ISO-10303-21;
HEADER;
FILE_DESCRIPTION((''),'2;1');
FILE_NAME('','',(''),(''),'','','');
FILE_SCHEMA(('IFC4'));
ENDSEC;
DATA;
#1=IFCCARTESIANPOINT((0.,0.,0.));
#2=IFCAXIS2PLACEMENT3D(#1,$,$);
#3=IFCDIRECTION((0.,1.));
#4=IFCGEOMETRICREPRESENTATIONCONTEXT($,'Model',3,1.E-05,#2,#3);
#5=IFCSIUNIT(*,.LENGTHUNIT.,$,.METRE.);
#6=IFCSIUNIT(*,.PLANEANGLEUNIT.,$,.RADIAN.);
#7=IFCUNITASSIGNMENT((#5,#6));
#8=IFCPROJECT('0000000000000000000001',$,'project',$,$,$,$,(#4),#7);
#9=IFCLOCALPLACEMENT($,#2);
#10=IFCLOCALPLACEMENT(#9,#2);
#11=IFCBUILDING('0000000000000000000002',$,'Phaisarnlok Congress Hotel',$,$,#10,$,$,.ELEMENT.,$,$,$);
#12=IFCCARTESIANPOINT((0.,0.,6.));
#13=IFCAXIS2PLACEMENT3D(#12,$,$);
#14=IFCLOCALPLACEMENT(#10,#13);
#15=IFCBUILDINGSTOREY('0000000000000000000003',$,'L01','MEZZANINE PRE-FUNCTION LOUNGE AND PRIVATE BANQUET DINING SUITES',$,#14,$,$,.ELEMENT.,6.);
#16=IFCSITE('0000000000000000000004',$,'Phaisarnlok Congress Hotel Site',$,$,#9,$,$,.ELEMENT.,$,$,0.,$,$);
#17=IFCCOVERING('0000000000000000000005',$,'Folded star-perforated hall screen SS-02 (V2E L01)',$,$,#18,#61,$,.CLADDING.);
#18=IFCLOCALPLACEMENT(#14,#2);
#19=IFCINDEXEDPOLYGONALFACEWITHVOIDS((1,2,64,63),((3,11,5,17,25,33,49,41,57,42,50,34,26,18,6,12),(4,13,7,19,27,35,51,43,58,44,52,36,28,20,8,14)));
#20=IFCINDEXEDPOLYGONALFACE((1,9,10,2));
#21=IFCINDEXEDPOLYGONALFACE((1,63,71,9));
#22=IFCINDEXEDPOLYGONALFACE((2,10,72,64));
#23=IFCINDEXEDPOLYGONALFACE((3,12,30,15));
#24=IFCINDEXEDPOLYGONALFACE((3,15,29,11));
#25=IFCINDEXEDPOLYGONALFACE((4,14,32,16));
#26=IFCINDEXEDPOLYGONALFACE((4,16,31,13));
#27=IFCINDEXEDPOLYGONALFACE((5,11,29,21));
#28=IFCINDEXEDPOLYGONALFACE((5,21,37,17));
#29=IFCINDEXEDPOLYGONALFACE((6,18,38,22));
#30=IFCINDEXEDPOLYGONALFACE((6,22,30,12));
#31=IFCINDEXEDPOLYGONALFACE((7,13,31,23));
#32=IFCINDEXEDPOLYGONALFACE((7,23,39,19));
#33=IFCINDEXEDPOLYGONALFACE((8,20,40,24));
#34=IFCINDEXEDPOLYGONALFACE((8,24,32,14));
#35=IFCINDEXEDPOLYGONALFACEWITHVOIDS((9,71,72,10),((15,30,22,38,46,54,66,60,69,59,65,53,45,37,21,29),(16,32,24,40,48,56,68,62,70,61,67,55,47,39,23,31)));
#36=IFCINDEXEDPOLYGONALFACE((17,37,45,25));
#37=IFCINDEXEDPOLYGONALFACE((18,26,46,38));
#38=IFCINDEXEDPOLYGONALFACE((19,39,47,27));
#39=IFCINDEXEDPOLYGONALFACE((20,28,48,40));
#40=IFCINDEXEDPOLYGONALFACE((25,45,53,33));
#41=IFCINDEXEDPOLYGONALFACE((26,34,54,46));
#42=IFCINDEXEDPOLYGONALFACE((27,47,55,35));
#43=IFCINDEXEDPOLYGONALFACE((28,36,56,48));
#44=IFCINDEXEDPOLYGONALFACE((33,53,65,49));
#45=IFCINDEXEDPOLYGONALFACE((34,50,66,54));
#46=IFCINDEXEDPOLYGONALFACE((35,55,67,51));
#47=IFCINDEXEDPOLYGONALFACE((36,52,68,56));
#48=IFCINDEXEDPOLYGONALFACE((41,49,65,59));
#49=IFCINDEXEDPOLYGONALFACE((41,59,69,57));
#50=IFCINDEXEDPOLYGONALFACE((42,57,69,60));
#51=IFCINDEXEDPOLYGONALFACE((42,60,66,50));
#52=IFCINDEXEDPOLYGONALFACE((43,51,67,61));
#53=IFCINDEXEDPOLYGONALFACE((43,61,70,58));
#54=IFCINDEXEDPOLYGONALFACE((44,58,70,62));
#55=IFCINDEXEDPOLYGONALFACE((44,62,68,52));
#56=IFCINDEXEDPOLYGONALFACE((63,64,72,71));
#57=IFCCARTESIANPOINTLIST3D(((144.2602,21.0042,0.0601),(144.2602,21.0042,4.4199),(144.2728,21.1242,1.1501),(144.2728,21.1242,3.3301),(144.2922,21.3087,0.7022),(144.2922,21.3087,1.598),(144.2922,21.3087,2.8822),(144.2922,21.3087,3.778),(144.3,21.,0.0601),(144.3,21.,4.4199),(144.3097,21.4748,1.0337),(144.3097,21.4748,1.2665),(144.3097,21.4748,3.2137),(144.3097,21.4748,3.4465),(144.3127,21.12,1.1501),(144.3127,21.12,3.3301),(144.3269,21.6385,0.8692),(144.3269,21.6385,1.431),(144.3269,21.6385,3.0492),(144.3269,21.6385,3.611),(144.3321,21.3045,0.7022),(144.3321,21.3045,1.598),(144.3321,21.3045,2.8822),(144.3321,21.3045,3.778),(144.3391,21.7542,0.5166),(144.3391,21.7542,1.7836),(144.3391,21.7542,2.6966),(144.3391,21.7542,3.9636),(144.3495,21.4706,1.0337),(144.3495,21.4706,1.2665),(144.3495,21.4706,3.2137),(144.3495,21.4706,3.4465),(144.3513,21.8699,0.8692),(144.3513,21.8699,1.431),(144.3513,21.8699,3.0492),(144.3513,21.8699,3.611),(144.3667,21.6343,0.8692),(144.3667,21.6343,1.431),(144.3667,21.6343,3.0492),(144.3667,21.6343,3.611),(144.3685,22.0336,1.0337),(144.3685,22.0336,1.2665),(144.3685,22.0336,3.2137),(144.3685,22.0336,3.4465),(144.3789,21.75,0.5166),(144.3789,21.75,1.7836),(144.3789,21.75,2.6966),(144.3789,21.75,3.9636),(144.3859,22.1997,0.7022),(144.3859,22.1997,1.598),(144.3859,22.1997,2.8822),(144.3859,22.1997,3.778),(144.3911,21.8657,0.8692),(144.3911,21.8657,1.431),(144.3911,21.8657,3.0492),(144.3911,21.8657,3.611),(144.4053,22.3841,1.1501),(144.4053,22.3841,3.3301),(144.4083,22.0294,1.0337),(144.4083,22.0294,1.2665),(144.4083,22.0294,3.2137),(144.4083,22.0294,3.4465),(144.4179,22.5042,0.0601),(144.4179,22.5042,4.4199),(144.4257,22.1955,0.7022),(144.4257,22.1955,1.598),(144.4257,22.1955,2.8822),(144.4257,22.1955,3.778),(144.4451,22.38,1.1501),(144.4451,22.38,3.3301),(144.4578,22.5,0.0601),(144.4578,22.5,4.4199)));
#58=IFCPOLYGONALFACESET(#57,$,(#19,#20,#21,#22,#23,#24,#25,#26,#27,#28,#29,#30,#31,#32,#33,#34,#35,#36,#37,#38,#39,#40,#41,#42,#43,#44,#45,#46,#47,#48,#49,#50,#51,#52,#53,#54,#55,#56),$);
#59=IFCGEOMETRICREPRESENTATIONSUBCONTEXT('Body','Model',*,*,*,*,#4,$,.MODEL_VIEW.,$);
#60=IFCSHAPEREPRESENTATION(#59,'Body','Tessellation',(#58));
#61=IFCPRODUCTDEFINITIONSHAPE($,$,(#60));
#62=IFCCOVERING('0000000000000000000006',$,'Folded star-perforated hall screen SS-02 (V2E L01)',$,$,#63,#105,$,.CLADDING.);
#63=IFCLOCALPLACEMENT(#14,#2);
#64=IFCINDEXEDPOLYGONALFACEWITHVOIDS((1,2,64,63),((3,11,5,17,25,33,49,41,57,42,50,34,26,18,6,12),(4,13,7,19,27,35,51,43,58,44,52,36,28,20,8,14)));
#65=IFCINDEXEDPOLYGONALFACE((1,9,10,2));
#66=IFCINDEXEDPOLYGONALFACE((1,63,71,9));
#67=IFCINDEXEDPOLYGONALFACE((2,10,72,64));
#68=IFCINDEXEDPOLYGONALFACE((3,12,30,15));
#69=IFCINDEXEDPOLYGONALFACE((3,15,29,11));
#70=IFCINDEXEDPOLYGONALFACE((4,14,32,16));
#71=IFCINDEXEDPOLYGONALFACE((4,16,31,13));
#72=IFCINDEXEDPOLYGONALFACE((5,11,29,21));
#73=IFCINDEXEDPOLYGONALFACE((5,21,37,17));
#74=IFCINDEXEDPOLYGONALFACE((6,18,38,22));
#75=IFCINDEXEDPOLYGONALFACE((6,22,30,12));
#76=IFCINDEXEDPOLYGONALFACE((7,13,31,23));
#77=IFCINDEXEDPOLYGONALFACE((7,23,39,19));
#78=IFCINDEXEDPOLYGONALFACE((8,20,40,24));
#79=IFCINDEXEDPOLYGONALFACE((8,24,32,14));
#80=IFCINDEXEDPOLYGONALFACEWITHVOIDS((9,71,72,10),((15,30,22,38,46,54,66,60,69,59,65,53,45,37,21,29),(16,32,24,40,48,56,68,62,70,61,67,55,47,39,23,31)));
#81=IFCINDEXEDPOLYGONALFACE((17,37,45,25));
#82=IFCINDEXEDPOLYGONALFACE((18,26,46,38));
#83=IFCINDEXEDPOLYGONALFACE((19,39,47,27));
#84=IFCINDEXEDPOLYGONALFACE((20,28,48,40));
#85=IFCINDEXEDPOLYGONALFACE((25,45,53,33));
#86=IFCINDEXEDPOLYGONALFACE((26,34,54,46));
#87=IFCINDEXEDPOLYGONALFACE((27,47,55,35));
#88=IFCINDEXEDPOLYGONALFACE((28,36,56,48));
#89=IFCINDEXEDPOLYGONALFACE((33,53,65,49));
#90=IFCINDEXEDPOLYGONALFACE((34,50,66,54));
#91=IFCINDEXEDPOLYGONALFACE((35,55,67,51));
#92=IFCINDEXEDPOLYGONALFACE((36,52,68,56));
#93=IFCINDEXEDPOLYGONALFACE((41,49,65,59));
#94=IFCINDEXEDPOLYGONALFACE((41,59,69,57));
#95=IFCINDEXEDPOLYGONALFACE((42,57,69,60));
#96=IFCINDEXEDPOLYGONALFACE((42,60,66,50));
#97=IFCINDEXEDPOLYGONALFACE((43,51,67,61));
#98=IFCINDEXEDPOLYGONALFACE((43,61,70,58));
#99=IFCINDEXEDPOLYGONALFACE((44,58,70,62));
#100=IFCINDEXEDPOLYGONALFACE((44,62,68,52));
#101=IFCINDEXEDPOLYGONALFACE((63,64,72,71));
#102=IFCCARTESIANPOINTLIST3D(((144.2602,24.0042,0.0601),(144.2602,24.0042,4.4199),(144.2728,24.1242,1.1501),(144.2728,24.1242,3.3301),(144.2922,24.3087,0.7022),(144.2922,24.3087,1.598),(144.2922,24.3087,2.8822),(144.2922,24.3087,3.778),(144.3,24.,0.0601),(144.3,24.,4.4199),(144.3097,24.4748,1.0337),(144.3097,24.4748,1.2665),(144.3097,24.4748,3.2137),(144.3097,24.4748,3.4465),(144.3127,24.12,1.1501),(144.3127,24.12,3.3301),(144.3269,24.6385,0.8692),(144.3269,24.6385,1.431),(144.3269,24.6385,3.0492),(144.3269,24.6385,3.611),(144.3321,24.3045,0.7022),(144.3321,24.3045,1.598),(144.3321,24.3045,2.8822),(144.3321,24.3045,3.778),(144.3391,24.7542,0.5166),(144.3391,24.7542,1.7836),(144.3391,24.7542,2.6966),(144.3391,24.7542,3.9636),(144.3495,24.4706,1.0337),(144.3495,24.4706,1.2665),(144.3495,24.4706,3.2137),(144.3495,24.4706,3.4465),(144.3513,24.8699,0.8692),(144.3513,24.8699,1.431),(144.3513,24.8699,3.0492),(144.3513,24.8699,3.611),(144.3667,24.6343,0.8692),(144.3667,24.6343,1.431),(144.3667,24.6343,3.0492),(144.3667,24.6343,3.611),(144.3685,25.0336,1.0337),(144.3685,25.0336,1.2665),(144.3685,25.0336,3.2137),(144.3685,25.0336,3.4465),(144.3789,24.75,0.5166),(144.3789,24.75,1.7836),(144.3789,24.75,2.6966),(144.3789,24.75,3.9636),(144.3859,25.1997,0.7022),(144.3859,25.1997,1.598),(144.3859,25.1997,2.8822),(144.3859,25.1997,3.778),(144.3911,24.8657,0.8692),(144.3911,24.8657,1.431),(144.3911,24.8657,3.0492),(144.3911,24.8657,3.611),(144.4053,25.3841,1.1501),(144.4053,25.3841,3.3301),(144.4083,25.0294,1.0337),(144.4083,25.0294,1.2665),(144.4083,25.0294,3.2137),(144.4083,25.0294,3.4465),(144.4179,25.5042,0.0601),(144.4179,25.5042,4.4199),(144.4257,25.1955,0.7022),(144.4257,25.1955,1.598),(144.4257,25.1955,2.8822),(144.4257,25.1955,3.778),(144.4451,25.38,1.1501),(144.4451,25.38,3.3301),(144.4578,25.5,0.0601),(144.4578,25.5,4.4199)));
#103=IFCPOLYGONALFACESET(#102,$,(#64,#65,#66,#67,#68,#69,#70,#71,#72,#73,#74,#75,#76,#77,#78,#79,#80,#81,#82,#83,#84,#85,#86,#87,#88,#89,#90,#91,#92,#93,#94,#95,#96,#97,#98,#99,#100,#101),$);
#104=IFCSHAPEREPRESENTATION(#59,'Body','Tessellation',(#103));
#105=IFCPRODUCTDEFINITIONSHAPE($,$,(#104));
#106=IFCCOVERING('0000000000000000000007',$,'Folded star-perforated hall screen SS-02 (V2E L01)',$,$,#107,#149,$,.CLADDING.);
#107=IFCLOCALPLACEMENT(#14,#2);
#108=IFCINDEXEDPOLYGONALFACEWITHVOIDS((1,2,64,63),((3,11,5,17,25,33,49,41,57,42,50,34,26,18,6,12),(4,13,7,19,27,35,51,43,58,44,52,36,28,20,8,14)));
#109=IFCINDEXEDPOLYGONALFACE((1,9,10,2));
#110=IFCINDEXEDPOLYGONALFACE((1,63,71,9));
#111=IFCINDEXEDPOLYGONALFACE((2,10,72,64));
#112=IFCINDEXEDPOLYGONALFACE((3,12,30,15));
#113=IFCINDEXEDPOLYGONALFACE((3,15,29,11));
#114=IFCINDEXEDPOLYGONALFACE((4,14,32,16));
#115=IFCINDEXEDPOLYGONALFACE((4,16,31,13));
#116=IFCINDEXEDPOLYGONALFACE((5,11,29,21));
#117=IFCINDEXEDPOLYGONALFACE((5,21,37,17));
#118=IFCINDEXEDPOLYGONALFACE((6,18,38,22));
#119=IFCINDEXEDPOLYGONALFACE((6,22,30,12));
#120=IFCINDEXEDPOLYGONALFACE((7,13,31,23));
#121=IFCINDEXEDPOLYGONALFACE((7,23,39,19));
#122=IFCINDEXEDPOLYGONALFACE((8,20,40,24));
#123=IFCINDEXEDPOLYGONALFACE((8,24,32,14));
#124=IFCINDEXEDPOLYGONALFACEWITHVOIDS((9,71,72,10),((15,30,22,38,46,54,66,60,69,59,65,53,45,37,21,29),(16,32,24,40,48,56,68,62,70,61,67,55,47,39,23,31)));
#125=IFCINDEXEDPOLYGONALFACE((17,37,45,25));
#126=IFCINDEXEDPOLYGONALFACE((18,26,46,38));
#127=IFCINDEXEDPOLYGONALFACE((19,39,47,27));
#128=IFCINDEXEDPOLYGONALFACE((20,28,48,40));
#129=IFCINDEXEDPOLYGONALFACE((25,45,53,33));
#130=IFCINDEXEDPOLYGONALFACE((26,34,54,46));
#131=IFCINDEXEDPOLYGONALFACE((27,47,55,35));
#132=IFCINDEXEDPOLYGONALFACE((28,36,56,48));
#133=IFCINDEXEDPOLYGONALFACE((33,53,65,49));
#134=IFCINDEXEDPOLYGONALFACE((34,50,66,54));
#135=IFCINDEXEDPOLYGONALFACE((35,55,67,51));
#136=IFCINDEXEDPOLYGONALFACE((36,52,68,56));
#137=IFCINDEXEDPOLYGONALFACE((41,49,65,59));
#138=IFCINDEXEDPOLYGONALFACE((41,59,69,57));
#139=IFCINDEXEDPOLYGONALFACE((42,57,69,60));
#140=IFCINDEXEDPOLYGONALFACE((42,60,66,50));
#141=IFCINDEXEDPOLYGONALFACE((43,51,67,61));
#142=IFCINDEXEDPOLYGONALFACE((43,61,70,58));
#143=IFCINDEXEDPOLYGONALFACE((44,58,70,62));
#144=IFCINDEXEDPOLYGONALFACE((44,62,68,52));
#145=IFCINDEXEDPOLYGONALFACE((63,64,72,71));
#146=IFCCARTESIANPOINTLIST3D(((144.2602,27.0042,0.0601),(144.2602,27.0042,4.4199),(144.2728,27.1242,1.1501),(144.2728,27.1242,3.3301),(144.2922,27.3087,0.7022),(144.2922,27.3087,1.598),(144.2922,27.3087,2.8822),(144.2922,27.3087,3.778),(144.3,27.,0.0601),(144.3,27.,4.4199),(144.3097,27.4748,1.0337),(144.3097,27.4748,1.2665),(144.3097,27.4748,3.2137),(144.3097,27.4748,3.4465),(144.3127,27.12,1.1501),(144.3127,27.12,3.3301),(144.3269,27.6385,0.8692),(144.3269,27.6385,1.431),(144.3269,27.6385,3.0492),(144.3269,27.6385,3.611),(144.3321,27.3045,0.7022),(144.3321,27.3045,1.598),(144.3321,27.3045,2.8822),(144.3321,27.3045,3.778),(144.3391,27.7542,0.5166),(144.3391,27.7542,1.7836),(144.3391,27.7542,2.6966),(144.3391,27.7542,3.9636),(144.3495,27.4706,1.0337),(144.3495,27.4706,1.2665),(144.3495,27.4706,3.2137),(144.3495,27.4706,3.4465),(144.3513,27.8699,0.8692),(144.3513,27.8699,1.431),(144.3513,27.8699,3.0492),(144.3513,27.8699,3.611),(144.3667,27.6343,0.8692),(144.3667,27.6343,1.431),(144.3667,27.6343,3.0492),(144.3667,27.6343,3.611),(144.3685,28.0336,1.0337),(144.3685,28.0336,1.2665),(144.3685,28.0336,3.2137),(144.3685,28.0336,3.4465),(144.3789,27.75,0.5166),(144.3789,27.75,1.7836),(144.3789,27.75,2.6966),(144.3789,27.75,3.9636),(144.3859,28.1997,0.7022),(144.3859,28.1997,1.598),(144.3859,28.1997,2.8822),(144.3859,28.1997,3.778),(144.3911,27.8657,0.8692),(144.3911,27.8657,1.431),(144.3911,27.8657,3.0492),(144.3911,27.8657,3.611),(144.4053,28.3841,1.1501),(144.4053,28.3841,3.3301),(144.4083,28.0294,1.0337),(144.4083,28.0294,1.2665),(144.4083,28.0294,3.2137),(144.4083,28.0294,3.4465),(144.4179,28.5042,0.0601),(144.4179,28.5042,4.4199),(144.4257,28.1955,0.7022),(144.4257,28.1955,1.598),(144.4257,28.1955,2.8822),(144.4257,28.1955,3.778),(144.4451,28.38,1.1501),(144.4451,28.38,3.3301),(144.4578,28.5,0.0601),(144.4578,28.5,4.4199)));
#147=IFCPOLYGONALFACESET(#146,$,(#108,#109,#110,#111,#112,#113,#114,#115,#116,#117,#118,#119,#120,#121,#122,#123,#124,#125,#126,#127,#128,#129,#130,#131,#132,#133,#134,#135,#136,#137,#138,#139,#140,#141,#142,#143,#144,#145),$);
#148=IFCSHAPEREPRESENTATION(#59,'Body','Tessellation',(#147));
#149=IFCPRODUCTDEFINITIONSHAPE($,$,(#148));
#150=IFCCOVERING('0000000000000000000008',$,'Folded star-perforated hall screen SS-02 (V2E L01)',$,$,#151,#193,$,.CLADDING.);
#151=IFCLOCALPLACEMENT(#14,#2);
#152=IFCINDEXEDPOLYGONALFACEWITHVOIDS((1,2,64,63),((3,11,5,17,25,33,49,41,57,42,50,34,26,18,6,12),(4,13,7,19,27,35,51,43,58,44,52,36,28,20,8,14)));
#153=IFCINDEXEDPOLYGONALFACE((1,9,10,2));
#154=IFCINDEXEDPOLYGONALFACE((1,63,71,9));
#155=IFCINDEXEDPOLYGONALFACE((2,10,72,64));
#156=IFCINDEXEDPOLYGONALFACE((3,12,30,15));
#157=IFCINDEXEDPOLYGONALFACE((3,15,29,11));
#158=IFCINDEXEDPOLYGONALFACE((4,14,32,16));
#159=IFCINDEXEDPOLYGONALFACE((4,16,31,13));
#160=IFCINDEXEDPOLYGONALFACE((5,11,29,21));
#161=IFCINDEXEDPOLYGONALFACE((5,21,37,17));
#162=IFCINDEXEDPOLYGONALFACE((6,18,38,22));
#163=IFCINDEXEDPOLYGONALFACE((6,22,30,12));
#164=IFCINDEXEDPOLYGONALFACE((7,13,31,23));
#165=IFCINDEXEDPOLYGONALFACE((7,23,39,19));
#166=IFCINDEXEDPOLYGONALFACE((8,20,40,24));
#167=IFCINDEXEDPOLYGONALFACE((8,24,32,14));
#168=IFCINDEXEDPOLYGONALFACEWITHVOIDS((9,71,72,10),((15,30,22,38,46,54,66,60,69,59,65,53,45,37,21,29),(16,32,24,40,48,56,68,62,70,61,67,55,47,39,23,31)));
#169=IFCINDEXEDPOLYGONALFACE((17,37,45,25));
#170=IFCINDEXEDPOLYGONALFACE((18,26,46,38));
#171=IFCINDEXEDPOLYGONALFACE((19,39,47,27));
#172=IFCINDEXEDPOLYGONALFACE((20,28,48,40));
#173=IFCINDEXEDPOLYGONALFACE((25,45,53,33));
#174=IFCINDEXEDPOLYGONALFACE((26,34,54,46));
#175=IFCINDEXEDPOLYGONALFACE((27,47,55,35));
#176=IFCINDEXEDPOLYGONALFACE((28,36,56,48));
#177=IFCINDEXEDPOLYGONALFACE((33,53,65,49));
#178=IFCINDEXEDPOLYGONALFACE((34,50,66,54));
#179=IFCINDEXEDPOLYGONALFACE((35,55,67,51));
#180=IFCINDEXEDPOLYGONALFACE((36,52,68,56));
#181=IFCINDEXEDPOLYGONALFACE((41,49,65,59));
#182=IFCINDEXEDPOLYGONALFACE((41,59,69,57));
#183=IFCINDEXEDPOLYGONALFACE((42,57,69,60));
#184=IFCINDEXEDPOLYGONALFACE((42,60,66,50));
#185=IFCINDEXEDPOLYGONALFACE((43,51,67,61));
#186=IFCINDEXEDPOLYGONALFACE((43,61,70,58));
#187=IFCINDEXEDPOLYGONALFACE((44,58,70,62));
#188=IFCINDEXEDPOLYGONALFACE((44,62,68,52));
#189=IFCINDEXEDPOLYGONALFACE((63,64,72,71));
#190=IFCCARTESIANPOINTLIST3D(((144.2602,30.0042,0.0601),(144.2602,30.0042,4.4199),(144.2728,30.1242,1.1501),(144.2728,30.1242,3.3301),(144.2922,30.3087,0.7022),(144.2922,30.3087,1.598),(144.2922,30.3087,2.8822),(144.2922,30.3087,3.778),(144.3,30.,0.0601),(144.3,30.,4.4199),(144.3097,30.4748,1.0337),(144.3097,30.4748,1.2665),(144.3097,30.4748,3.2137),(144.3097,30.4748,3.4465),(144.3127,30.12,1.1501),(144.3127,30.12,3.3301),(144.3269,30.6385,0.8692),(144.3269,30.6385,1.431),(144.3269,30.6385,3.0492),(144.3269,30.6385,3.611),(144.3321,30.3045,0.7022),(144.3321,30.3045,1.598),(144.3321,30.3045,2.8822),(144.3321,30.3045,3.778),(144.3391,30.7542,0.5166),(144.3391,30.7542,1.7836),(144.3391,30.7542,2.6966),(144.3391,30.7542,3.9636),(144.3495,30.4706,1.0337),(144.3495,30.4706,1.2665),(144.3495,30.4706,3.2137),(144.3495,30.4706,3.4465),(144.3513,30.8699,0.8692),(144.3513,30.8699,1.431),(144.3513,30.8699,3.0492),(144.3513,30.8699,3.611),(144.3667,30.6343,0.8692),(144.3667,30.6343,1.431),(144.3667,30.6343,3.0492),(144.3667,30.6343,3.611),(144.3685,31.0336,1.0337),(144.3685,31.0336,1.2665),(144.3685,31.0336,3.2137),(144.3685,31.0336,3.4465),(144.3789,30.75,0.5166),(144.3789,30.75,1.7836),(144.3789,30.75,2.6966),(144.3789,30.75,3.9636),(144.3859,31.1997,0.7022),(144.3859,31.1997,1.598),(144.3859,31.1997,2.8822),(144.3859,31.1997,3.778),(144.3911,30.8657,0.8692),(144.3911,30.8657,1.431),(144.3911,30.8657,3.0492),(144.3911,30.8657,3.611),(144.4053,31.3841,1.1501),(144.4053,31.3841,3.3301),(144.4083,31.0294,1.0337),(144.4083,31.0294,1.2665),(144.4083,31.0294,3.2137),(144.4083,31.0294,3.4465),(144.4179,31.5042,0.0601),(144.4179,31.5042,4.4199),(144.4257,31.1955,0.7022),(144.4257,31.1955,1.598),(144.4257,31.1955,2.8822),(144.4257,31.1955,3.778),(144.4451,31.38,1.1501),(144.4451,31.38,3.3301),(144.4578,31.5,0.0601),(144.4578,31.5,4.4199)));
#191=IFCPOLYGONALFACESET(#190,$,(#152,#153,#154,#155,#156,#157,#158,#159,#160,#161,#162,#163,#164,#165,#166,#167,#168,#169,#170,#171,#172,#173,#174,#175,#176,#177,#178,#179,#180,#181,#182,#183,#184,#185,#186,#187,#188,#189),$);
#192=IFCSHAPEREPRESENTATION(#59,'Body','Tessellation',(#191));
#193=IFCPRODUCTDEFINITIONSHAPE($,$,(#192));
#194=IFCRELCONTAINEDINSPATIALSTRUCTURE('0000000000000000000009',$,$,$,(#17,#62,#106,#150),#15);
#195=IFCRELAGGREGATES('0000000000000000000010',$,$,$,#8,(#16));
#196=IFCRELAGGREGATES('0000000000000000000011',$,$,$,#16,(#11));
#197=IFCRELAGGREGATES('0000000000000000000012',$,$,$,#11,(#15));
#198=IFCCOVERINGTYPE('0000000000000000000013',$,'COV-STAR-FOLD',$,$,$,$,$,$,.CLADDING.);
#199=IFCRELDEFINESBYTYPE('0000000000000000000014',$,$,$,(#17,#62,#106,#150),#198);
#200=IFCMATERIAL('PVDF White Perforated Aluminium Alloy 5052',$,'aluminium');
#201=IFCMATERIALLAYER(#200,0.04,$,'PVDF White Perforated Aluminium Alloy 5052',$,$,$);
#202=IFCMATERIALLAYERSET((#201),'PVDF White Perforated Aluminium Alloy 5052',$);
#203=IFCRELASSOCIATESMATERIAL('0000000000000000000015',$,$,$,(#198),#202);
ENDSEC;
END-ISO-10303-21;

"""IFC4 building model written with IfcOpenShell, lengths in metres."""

from ifc_helpers import new_model, si_unit, direction, frame, origin, place, context, subcontext, project, spatial, polyline, outline, extrude, material, layer, layer_set, type_object, element, save


model = new_model("IFC4")

# Units and contexts
model_context = context("Model", 3, precision=1e-05, world=origin(), true_north=direction((0.0, 1.0)))
body_context = subcontext(model_context, "Body", "Model", "MODEL_VIEW")
ifc_project = project(units=[si_unit("LENGTHUNIT", "METRE"), si_unit("PLANEANGLEUNIT", "RADIAN")], contexts=[model_context])

# Site, building, storey
site_placement = place(None, origin())
site = spatial("IfcSite", under=ifc_project, at=site_placement, Name="Phaisarnlok Congress Hotel Site", CompositionType="ELEMENT", RefElevation=0.0)
building_placement = place(site_placement, origin())
building = spatial("IfcBuilding", under=site, at=building_placement, Name="Phaisarnlok Congress Hotel", CompositionType="ELEMENT")
storey_placement = place(building_placement, frame((0.0, 0.0, 6.0)))
storey = spatial("IfcBuildingStorey", under=building, at=storey_placement, Name="L01", Description="MEZZANINE PRE-FUNCTION LOUNGE AND PRIVATE BANQUET DINING SUITES", CompositionType="ELEMENT", Elevation=6.0)

# Coverings
ifc_material_1 = material(Name="PVDF White Perforated Aluminium Alloy 5052", Category="aluminium")
ifc_layer_1 = layer(ifc_material_1, 0.04, Name="PVDF White Perforated Aluminium Alloy 5052")
ifc_layer_set_1 = layer_set([ifc_layer_1], Name="PVDF White Perforated Aluminium Alloy 5052")
covering_type = type_object("IfcCoveringType", Name="COV-STAR-FOLD", PredefinedType="CLADDING", material=ifc_layer_set_1)
for number, where, z_axis, x_axis, name in (
    (1, (144.4578, 22.5, 0.0601), (-0.994518, 0.104567, 0.0), (-0.104567, -0.994518, 0.0), "Folded star-perforated hall screen SS-02 (V2E L01)"),
    (2, (144.4578, 25.5, 0.0601), (-0.994518, 0.104567, 0.0), (-0.104567, -0.994518, 0.0), "Folded star-perforated hall screen SS-02 (V2E L01)"),
    (3, (144.4578, 28.5, 0.0601), (-0.994518, 0.104567, 0.0), (-0.104567, -0.994518, 0.0), "Folded star-perforated hall screen SS-02 (V2E L01)"),
    (4, (144.4578, 31.5, 0.0601), (-0.994518, 0.104567, 0.0), (-0.104567, -0.994518, 0.0), "Folded star-perforated hall screen SS-02 (V2E L01)"),
):
    element("IfcCovering", number, at=place(storey_placement, frame(where, z_axis=z_axis, x_axis=x_axis)), inside=storey, type_object=covering_type, Name=name, PredefinedType="CLADDING", context=body_context, shape_type="SweptSolid", body=[
        extrude(outline(polyline([(0.0, 0.0), (1.5083, 0.0), (1.5083, 4.3599), (0.0, 4.3599), (0.0, 0.0)]), holes=[polyline([(1.0351, 0.9736), (1.2021, 0.6421), (0.8705, 0.8091), (0.7541, 0.4565), (0.6378, 0.8091), (0.3062, 0.6421), (0.4732, 0.9736), (0.1207, 1.09), (0.4732, 1.2064), (0.3062, 1.5379), (0.6378, 1.3709), (0.7541, 1.7235), (0.8705, 1.3709), (1.2021, 1.5379), (1.0351, 1.2064), (1.3876, 1.09), (1.0351, 0.9736)]), polyline([(1.0351, 3.1536), (1.2021, 2.8221), (0.8705, 2.9891), (0.7541, 2.6365), (0.6378, 2.9891), (0.3062, 2.8221), (0.4732, 3.1536), (0.1207, 3.27), (0.4732, 3.3864), (0.3062, 3.7179), (0.6378, 3.5509), (0.7541, 3.9035), (0.8705, 3.5509), (1.2021, 3.7179), (1.0351, 3.3864), (1.3876, 3.27), (1.0351, 3.1536)])]), origin(), (0.0, 0.0, 1.0), 0.04),
    ])

save(model, "model.ifc")
